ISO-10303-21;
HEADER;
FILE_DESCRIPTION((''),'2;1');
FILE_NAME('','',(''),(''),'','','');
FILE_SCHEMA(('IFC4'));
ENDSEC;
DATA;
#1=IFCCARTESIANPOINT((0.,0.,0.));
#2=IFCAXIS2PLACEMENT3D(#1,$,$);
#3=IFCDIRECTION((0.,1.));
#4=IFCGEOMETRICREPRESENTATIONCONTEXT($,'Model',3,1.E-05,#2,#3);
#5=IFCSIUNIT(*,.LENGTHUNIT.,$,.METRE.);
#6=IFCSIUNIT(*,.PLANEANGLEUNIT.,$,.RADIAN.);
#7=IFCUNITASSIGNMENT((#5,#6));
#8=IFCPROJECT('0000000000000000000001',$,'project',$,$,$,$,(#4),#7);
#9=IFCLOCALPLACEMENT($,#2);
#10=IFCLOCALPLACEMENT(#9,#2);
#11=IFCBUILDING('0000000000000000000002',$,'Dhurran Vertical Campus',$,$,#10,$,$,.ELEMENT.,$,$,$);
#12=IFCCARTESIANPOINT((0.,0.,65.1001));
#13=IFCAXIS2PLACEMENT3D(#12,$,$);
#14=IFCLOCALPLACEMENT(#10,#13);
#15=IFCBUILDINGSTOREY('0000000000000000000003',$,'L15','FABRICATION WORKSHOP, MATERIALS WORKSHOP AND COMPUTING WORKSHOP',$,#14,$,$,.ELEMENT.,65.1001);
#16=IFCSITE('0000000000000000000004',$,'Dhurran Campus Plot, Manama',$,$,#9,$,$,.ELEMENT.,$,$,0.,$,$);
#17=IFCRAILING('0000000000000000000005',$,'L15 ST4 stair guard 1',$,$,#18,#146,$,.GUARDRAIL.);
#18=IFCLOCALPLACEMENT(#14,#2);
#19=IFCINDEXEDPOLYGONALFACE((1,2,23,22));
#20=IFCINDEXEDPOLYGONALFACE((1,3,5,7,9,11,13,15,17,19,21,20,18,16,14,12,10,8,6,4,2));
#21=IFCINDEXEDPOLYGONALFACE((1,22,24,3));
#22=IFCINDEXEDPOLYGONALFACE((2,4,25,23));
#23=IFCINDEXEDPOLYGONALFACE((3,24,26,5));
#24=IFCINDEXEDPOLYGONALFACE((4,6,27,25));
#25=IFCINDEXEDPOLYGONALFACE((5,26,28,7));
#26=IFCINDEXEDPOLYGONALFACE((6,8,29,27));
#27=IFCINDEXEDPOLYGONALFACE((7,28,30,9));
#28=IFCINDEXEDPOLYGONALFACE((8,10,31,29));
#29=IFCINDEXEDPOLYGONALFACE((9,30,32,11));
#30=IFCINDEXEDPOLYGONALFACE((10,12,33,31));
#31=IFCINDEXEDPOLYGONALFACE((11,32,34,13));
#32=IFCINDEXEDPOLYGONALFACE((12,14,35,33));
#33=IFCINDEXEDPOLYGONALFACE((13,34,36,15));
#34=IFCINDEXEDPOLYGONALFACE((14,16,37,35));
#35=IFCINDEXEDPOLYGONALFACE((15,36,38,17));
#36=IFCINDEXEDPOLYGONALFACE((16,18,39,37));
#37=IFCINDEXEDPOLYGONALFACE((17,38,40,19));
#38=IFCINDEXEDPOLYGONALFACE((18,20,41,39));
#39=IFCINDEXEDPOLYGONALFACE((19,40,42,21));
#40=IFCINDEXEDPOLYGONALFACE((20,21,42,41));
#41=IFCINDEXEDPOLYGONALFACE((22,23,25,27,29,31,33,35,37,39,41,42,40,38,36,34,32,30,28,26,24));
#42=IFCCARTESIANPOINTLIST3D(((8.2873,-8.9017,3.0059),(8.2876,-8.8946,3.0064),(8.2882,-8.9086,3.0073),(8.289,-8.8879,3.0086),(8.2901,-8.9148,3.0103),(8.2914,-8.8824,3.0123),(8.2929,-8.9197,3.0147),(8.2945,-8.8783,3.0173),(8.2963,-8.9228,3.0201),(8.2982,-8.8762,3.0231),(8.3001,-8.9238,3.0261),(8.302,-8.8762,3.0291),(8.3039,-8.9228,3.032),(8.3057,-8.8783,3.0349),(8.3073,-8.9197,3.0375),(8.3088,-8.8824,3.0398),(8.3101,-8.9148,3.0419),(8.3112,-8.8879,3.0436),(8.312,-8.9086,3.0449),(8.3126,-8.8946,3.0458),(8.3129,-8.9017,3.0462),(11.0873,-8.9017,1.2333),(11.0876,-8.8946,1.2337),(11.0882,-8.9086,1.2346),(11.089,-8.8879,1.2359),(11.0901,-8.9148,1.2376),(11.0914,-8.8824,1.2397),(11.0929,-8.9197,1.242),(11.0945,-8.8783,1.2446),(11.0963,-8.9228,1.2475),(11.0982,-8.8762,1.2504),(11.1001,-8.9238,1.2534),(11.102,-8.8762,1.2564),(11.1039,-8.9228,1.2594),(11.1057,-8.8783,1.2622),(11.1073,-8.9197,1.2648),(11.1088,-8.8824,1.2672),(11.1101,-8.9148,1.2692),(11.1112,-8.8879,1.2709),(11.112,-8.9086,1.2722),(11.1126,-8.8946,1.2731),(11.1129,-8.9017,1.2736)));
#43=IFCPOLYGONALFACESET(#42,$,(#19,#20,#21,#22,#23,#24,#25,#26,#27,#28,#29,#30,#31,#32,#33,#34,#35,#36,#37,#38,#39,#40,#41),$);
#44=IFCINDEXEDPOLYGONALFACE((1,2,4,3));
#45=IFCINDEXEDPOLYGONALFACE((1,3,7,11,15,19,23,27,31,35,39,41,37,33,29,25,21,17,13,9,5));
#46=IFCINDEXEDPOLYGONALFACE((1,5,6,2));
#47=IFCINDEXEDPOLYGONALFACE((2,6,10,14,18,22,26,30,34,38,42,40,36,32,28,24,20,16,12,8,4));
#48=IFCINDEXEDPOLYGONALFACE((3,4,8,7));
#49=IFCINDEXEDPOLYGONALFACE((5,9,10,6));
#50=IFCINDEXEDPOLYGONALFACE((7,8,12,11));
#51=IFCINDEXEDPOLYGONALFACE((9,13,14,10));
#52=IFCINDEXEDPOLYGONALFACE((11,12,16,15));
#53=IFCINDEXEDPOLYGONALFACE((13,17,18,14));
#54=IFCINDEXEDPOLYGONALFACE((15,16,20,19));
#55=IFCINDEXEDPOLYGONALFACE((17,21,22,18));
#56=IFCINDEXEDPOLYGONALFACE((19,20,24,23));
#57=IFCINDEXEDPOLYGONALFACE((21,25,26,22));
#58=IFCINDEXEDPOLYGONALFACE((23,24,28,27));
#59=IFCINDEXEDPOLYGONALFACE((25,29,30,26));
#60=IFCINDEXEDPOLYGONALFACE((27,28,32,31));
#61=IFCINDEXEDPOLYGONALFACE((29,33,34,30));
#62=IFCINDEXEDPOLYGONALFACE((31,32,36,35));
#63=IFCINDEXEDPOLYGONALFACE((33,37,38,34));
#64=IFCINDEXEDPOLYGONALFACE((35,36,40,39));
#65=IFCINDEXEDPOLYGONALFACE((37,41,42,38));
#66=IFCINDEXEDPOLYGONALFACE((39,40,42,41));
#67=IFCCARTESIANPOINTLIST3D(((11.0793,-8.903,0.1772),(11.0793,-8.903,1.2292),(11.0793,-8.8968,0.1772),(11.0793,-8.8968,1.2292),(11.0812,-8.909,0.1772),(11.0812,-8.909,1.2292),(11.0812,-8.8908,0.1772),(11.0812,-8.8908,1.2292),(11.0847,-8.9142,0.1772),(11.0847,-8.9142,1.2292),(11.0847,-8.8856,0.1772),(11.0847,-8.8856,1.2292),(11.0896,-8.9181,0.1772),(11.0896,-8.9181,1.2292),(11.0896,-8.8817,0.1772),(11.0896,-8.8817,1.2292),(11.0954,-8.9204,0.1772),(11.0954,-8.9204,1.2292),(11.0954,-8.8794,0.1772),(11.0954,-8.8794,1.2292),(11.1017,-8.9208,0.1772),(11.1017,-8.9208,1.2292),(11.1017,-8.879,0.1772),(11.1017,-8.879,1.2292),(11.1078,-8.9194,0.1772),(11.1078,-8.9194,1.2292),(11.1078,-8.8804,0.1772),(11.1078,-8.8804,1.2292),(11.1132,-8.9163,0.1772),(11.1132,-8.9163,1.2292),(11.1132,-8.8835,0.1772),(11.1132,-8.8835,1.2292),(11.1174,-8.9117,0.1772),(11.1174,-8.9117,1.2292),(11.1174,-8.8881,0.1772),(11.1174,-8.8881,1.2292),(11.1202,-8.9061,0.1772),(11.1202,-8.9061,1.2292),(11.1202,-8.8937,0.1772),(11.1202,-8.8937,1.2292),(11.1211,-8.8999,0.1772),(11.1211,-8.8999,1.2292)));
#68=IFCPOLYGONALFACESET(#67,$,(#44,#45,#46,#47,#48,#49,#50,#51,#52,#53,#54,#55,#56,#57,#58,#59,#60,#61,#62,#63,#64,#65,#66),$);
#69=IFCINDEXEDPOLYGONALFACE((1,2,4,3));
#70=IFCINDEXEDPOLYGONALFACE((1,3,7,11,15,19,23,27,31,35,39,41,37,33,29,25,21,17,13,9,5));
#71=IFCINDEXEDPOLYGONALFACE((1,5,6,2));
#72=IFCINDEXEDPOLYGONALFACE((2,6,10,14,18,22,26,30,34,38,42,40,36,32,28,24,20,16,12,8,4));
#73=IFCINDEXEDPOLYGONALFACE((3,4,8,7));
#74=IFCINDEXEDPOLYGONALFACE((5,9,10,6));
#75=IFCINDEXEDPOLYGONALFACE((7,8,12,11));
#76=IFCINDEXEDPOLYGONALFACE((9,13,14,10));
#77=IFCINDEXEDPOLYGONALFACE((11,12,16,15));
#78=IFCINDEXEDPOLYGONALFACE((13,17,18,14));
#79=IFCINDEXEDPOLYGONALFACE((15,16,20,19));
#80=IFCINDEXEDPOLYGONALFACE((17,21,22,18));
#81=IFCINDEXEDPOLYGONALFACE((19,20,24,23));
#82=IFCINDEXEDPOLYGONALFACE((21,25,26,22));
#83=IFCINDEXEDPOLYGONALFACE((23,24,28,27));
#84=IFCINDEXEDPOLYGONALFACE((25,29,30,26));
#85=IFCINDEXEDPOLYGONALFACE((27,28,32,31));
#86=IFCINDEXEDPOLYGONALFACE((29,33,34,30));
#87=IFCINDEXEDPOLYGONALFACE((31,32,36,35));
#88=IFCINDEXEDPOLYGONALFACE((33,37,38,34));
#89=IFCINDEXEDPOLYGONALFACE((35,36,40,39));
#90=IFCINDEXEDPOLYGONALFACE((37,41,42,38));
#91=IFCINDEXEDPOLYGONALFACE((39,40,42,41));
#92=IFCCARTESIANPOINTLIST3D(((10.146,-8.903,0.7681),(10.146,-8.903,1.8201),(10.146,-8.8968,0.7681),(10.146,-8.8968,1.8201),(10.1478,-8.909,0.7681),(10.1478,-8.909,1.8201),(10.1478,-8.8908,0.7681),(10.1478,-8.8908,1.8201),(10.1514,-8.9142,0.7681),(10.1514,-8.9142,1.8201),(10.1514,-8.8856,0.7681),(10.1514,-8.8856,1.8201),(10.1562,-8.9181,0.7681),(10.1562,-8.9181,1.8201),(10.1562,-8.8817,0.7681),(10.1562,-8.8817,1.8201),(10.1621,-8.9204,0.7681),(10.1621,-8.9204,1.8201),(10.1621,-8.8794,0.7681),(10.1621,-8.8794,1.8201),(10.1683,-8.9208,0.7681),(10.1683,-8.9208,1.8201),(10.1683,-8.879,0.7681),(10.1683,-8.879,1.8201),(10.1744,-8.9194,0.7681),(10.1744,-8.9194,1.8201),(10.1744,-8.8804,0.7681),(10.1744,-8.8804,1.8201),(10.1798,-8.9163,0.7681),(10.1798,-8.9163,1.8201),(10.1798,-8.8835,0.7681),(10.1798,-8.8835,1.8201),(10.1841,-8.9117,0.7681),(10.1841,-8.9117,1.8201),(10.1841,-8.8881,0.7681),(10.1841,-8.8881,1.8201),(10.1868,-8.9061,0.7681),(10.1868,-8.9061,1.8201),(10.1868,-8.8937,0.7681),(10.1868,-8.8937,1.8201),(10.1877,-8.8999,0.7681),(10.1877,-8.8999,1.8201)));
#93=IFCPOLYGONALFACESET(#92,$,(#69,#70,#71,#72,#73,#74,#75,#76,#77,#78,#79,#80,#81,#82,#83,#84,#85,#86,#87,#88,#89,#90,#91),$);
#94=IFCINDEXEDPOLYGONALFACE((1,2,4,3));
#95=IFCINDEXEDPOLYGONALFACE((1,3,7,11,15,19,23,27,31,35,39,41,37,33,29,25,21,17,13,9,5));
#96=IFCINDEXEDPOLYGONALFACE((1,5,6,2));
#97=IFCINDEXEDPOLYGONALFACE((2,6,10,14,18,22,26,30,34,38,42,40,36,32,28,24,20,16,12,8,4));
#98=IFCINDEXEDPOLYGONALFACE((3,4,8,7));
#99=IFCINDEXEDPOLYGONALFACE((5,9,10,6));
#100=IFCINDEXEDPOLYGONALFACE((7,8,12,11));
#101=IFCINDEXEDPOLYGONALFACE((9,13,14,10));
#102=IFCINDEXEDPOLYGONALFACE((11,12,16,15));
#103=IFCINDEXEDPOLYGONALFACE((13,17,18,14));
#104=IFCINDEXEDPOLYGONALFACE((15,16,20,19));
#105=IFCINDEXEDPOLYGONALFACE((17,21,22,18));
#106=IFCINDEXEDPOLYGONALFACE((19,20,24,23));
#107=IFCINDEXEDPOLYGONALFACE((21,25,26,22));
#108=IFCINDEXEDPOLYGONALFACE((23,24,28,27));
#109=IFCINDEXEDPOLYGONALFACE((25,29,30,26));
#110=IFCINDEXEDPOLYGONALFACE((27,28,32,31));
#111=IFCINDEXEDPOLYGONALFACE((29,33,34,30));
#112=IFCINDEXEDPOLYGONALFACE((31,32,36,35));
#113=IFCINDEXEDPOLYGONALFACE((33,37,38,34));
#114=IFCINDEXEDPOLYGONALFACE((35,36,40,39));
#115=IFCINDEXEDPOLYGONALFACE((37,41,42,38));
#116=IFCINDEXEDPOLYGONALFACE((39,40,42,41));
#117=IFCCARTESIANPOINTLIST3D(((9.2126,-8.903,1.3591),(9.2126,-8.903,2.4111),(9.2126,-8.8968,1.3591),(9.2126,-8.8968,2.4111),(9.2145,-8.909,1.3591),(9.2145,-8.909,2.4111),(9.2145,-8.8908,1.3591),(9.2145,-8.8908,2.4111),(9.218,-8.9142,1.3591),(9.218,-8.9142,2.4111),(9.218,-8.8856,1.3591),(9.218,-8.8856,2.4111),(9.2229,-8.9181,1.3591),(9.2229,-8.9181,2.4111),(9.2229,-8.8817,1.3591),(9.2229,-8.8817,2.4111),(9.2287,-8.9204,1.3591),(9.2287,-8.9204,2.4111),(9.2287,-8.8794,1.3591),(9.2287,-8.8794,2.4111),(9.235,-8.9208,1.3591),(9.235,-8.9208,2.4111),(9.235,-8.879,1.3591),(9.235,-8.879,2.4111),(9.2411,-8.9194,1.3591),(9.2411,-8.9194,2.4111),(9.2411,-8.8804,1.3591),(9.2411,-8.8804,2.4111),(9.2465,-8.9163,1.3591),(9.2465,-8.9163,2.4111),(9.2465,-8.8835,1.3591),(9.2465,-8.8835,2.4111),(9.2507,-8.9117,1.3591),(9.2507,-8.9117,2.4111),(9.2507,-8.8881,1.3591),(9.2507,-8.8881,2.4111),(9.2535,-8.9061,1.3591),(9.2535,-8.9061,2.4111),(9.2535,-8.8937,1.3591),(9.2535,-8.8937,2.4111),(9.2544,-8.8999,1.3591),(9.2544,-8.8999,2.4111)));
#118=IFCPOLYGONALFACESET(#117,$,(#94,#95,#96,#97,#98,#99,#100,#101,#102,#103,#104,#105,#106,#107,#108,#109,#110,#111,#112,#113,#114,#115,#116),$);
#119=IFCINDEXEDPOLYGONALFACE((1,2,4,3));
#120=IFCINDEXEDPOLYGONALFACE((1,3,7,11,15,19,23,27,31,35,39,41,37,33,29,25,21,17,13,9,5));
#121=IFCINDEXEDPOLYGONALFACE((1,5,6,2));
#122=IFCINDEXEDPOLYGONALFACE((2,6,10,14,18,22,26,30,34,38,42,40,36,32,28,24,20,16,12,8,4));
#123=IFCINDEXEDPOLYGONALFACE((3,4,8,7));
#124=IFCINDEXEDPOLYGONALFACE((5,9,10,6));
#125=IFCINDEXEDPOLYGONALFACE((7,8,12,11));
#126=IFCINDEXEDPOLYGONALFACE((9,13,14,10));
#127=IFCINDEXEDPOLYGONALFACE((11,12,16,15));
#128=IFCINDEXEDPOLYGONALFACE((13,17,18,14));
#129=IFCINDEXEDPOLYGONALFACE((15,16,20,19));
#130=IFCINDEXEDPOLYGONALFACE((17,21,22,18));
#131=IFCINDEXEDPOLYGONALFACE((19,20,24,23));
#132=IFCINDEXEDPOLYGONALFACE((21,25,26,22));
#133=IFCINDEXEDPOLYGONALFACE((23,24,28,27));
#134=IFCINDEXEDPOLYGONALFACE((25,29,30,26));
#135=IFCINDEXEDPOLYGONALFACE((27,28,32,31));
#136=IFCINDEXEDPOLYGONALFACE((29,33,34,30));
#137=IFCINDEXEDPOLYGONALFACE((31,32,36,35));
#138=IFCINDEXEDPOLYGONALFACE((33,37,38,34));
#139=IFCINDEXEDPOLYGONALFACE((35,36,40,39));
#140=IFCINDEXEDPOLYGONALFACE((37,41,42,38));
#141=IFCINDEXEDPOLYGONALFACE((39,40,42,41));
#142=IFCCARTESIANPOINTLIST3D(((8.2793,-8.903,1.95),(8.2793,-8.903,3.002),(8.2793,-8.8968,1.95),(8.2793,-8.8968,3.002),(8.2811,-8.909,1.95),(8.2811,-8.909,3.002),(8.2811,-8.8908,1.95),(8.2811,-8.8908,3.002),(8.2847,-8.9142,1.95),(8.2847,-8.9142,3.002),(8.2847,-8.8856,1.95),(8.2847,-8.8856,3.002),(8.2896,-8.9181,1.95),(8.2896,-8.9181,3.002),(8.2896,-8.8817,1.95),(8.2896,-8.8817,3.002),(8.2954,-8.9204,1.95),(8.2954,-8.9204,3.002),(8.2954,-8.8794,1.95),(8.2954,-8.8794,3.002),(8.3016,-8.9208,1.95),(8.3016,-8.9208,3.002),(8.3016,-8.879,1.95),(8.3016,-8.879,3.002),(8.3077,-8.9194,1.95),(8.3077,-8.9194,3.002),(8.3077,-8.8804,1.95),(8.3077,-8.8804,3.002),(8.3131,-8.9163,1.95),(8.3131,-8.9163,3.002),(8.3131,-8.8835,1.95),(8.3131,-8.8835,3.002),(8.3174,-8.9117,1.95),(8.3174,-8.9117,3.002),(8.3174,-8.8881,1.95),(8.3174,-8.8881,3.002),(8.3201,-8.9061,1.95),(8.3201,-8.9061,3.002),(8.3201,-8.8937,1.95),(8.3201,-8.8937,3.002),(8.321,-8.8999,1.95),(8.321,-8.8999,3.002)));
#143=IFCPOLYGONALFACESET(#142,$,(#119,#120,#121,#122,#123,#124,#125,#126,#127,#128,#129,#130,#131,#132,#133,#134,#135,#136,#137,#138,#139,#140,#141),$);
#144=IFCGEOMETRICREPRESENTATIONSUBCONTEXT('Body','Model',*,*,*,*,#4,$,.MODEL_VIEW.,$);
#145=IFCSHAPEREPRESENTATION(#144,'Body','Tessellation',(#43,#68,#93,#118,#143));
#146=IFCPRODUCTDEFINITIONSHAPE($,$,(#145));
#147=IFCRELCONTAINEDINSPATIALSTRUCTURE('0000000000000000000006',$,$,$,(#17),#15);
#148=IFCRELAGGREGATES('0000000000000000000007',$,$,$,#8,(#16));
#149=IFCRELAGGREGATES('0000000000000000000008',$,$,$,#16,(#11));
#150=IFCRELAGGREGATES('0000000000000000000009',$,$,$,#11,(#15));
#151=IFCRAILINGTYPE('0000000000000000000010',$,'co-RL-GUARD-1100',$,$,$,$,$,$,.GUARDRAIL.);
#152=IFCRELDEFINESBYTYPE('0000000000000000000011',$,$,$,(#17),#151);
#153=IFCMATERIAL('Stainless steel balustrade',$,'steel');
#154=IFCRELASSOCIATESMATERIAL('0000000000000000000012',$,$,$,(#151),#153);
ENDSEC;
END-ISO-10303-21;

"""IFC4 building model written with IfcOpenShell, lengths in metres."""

from ifc_helpers import new_model, si_unit, direction, frame, origin, origin_2d, place, context, subcontext, project, spatial, circle, extrude, material, type_object, element, save


model = new_model("IFC4")

# Units and contexts
model_context = context("Model", 3, precision=1e-05, world=origin(), true_north=direction((0.0, 1.0)))
body_context = subcontext(model_context, "Body", "Model", "MODEL_VIEW")
ifc_project = project(units=[si_unit("LENGTHUNIT", "METRE"), si_unit("PLANEANGLEUNIT", "RADIAN")], contexts=[model_context])

# Site, building, storey
site_placement = place(None, origin())
site = spatial("IfcSite", under=ifc_project, at=site_placement, Name="Dhurran Campus Plot, Manama", CompositionType="ELEMENT", RefElevation=0.0)
building_placement = place(site_placement, origin())
building = spatial("IfcBuilding", under=site, at=building_placement, Name="Dhurran Vertical Campus", CompositionType="ELEMENT")
storey_placement = place(building_placement, frame((0.0, 0.0, 65.1001)))
storey = spatial("IfcBuildingStorey", under=building, at=storey_placement, Name="L15", Description="FABRICATION WORKSHOP, MATERIALS WORKSHOP AND COMPUTING WORKSHOP", CompositionType="ELEMENT", Elevation=65.1001)

# Railing
ifc_material_1 = material(Name="Stainless steel balustrade", Category="steel")
railing_type_1 = type_object("IfcRailingType", Name="co-RL-GUARD-1100", PredefinedType="GUARDRAIL", material=ifc_material_1)
railing_1_placement = place(storey_placement, frame((11.1001, -8.8999, 0.1772)))
element("IfcRailing", 1, at=railing_1_placement, inside=storey, type_object=railing_type_1, Name="L15 ST4 stair guard 1", PredefinedType="GUARDRAIL", context=body_context, shape_type="SweptSolid", body=[
    extrude(circle(Radius=0.0239, at=origin_2d()), frame((0.0, 0.0, 1.0762), z_axis=(-0.844909, 0.0, 0.53491), x_axis=(0.0, -1.0, 0.0)), (0.0, 0.0, 1.0), 3.314),
    extrude(circle(Radius=0.021, at=origin_2d()), origin(), (0.0, 0.0, 1.0), 1.052),
    extrude(circle(Radius=0.021, at=origin_2d()), frame((-0.9333, 0.0, 0.5908)), (0.0, 0.0, 1.0), 1.052),
    extrude(circle(Radius=0.021, at=origin_2d()), frame((-1.8667, 0.0, 1.1819)), (0.0, 0.0, 1.0), 1.052),
    extrude(circle(Radius=0.021, at=origin_2d()), frame((-2.8, 0.0, 1.7727)), (0.0, 0.0, 1.0), 1.052),
])

save(model, "model.ifc")
